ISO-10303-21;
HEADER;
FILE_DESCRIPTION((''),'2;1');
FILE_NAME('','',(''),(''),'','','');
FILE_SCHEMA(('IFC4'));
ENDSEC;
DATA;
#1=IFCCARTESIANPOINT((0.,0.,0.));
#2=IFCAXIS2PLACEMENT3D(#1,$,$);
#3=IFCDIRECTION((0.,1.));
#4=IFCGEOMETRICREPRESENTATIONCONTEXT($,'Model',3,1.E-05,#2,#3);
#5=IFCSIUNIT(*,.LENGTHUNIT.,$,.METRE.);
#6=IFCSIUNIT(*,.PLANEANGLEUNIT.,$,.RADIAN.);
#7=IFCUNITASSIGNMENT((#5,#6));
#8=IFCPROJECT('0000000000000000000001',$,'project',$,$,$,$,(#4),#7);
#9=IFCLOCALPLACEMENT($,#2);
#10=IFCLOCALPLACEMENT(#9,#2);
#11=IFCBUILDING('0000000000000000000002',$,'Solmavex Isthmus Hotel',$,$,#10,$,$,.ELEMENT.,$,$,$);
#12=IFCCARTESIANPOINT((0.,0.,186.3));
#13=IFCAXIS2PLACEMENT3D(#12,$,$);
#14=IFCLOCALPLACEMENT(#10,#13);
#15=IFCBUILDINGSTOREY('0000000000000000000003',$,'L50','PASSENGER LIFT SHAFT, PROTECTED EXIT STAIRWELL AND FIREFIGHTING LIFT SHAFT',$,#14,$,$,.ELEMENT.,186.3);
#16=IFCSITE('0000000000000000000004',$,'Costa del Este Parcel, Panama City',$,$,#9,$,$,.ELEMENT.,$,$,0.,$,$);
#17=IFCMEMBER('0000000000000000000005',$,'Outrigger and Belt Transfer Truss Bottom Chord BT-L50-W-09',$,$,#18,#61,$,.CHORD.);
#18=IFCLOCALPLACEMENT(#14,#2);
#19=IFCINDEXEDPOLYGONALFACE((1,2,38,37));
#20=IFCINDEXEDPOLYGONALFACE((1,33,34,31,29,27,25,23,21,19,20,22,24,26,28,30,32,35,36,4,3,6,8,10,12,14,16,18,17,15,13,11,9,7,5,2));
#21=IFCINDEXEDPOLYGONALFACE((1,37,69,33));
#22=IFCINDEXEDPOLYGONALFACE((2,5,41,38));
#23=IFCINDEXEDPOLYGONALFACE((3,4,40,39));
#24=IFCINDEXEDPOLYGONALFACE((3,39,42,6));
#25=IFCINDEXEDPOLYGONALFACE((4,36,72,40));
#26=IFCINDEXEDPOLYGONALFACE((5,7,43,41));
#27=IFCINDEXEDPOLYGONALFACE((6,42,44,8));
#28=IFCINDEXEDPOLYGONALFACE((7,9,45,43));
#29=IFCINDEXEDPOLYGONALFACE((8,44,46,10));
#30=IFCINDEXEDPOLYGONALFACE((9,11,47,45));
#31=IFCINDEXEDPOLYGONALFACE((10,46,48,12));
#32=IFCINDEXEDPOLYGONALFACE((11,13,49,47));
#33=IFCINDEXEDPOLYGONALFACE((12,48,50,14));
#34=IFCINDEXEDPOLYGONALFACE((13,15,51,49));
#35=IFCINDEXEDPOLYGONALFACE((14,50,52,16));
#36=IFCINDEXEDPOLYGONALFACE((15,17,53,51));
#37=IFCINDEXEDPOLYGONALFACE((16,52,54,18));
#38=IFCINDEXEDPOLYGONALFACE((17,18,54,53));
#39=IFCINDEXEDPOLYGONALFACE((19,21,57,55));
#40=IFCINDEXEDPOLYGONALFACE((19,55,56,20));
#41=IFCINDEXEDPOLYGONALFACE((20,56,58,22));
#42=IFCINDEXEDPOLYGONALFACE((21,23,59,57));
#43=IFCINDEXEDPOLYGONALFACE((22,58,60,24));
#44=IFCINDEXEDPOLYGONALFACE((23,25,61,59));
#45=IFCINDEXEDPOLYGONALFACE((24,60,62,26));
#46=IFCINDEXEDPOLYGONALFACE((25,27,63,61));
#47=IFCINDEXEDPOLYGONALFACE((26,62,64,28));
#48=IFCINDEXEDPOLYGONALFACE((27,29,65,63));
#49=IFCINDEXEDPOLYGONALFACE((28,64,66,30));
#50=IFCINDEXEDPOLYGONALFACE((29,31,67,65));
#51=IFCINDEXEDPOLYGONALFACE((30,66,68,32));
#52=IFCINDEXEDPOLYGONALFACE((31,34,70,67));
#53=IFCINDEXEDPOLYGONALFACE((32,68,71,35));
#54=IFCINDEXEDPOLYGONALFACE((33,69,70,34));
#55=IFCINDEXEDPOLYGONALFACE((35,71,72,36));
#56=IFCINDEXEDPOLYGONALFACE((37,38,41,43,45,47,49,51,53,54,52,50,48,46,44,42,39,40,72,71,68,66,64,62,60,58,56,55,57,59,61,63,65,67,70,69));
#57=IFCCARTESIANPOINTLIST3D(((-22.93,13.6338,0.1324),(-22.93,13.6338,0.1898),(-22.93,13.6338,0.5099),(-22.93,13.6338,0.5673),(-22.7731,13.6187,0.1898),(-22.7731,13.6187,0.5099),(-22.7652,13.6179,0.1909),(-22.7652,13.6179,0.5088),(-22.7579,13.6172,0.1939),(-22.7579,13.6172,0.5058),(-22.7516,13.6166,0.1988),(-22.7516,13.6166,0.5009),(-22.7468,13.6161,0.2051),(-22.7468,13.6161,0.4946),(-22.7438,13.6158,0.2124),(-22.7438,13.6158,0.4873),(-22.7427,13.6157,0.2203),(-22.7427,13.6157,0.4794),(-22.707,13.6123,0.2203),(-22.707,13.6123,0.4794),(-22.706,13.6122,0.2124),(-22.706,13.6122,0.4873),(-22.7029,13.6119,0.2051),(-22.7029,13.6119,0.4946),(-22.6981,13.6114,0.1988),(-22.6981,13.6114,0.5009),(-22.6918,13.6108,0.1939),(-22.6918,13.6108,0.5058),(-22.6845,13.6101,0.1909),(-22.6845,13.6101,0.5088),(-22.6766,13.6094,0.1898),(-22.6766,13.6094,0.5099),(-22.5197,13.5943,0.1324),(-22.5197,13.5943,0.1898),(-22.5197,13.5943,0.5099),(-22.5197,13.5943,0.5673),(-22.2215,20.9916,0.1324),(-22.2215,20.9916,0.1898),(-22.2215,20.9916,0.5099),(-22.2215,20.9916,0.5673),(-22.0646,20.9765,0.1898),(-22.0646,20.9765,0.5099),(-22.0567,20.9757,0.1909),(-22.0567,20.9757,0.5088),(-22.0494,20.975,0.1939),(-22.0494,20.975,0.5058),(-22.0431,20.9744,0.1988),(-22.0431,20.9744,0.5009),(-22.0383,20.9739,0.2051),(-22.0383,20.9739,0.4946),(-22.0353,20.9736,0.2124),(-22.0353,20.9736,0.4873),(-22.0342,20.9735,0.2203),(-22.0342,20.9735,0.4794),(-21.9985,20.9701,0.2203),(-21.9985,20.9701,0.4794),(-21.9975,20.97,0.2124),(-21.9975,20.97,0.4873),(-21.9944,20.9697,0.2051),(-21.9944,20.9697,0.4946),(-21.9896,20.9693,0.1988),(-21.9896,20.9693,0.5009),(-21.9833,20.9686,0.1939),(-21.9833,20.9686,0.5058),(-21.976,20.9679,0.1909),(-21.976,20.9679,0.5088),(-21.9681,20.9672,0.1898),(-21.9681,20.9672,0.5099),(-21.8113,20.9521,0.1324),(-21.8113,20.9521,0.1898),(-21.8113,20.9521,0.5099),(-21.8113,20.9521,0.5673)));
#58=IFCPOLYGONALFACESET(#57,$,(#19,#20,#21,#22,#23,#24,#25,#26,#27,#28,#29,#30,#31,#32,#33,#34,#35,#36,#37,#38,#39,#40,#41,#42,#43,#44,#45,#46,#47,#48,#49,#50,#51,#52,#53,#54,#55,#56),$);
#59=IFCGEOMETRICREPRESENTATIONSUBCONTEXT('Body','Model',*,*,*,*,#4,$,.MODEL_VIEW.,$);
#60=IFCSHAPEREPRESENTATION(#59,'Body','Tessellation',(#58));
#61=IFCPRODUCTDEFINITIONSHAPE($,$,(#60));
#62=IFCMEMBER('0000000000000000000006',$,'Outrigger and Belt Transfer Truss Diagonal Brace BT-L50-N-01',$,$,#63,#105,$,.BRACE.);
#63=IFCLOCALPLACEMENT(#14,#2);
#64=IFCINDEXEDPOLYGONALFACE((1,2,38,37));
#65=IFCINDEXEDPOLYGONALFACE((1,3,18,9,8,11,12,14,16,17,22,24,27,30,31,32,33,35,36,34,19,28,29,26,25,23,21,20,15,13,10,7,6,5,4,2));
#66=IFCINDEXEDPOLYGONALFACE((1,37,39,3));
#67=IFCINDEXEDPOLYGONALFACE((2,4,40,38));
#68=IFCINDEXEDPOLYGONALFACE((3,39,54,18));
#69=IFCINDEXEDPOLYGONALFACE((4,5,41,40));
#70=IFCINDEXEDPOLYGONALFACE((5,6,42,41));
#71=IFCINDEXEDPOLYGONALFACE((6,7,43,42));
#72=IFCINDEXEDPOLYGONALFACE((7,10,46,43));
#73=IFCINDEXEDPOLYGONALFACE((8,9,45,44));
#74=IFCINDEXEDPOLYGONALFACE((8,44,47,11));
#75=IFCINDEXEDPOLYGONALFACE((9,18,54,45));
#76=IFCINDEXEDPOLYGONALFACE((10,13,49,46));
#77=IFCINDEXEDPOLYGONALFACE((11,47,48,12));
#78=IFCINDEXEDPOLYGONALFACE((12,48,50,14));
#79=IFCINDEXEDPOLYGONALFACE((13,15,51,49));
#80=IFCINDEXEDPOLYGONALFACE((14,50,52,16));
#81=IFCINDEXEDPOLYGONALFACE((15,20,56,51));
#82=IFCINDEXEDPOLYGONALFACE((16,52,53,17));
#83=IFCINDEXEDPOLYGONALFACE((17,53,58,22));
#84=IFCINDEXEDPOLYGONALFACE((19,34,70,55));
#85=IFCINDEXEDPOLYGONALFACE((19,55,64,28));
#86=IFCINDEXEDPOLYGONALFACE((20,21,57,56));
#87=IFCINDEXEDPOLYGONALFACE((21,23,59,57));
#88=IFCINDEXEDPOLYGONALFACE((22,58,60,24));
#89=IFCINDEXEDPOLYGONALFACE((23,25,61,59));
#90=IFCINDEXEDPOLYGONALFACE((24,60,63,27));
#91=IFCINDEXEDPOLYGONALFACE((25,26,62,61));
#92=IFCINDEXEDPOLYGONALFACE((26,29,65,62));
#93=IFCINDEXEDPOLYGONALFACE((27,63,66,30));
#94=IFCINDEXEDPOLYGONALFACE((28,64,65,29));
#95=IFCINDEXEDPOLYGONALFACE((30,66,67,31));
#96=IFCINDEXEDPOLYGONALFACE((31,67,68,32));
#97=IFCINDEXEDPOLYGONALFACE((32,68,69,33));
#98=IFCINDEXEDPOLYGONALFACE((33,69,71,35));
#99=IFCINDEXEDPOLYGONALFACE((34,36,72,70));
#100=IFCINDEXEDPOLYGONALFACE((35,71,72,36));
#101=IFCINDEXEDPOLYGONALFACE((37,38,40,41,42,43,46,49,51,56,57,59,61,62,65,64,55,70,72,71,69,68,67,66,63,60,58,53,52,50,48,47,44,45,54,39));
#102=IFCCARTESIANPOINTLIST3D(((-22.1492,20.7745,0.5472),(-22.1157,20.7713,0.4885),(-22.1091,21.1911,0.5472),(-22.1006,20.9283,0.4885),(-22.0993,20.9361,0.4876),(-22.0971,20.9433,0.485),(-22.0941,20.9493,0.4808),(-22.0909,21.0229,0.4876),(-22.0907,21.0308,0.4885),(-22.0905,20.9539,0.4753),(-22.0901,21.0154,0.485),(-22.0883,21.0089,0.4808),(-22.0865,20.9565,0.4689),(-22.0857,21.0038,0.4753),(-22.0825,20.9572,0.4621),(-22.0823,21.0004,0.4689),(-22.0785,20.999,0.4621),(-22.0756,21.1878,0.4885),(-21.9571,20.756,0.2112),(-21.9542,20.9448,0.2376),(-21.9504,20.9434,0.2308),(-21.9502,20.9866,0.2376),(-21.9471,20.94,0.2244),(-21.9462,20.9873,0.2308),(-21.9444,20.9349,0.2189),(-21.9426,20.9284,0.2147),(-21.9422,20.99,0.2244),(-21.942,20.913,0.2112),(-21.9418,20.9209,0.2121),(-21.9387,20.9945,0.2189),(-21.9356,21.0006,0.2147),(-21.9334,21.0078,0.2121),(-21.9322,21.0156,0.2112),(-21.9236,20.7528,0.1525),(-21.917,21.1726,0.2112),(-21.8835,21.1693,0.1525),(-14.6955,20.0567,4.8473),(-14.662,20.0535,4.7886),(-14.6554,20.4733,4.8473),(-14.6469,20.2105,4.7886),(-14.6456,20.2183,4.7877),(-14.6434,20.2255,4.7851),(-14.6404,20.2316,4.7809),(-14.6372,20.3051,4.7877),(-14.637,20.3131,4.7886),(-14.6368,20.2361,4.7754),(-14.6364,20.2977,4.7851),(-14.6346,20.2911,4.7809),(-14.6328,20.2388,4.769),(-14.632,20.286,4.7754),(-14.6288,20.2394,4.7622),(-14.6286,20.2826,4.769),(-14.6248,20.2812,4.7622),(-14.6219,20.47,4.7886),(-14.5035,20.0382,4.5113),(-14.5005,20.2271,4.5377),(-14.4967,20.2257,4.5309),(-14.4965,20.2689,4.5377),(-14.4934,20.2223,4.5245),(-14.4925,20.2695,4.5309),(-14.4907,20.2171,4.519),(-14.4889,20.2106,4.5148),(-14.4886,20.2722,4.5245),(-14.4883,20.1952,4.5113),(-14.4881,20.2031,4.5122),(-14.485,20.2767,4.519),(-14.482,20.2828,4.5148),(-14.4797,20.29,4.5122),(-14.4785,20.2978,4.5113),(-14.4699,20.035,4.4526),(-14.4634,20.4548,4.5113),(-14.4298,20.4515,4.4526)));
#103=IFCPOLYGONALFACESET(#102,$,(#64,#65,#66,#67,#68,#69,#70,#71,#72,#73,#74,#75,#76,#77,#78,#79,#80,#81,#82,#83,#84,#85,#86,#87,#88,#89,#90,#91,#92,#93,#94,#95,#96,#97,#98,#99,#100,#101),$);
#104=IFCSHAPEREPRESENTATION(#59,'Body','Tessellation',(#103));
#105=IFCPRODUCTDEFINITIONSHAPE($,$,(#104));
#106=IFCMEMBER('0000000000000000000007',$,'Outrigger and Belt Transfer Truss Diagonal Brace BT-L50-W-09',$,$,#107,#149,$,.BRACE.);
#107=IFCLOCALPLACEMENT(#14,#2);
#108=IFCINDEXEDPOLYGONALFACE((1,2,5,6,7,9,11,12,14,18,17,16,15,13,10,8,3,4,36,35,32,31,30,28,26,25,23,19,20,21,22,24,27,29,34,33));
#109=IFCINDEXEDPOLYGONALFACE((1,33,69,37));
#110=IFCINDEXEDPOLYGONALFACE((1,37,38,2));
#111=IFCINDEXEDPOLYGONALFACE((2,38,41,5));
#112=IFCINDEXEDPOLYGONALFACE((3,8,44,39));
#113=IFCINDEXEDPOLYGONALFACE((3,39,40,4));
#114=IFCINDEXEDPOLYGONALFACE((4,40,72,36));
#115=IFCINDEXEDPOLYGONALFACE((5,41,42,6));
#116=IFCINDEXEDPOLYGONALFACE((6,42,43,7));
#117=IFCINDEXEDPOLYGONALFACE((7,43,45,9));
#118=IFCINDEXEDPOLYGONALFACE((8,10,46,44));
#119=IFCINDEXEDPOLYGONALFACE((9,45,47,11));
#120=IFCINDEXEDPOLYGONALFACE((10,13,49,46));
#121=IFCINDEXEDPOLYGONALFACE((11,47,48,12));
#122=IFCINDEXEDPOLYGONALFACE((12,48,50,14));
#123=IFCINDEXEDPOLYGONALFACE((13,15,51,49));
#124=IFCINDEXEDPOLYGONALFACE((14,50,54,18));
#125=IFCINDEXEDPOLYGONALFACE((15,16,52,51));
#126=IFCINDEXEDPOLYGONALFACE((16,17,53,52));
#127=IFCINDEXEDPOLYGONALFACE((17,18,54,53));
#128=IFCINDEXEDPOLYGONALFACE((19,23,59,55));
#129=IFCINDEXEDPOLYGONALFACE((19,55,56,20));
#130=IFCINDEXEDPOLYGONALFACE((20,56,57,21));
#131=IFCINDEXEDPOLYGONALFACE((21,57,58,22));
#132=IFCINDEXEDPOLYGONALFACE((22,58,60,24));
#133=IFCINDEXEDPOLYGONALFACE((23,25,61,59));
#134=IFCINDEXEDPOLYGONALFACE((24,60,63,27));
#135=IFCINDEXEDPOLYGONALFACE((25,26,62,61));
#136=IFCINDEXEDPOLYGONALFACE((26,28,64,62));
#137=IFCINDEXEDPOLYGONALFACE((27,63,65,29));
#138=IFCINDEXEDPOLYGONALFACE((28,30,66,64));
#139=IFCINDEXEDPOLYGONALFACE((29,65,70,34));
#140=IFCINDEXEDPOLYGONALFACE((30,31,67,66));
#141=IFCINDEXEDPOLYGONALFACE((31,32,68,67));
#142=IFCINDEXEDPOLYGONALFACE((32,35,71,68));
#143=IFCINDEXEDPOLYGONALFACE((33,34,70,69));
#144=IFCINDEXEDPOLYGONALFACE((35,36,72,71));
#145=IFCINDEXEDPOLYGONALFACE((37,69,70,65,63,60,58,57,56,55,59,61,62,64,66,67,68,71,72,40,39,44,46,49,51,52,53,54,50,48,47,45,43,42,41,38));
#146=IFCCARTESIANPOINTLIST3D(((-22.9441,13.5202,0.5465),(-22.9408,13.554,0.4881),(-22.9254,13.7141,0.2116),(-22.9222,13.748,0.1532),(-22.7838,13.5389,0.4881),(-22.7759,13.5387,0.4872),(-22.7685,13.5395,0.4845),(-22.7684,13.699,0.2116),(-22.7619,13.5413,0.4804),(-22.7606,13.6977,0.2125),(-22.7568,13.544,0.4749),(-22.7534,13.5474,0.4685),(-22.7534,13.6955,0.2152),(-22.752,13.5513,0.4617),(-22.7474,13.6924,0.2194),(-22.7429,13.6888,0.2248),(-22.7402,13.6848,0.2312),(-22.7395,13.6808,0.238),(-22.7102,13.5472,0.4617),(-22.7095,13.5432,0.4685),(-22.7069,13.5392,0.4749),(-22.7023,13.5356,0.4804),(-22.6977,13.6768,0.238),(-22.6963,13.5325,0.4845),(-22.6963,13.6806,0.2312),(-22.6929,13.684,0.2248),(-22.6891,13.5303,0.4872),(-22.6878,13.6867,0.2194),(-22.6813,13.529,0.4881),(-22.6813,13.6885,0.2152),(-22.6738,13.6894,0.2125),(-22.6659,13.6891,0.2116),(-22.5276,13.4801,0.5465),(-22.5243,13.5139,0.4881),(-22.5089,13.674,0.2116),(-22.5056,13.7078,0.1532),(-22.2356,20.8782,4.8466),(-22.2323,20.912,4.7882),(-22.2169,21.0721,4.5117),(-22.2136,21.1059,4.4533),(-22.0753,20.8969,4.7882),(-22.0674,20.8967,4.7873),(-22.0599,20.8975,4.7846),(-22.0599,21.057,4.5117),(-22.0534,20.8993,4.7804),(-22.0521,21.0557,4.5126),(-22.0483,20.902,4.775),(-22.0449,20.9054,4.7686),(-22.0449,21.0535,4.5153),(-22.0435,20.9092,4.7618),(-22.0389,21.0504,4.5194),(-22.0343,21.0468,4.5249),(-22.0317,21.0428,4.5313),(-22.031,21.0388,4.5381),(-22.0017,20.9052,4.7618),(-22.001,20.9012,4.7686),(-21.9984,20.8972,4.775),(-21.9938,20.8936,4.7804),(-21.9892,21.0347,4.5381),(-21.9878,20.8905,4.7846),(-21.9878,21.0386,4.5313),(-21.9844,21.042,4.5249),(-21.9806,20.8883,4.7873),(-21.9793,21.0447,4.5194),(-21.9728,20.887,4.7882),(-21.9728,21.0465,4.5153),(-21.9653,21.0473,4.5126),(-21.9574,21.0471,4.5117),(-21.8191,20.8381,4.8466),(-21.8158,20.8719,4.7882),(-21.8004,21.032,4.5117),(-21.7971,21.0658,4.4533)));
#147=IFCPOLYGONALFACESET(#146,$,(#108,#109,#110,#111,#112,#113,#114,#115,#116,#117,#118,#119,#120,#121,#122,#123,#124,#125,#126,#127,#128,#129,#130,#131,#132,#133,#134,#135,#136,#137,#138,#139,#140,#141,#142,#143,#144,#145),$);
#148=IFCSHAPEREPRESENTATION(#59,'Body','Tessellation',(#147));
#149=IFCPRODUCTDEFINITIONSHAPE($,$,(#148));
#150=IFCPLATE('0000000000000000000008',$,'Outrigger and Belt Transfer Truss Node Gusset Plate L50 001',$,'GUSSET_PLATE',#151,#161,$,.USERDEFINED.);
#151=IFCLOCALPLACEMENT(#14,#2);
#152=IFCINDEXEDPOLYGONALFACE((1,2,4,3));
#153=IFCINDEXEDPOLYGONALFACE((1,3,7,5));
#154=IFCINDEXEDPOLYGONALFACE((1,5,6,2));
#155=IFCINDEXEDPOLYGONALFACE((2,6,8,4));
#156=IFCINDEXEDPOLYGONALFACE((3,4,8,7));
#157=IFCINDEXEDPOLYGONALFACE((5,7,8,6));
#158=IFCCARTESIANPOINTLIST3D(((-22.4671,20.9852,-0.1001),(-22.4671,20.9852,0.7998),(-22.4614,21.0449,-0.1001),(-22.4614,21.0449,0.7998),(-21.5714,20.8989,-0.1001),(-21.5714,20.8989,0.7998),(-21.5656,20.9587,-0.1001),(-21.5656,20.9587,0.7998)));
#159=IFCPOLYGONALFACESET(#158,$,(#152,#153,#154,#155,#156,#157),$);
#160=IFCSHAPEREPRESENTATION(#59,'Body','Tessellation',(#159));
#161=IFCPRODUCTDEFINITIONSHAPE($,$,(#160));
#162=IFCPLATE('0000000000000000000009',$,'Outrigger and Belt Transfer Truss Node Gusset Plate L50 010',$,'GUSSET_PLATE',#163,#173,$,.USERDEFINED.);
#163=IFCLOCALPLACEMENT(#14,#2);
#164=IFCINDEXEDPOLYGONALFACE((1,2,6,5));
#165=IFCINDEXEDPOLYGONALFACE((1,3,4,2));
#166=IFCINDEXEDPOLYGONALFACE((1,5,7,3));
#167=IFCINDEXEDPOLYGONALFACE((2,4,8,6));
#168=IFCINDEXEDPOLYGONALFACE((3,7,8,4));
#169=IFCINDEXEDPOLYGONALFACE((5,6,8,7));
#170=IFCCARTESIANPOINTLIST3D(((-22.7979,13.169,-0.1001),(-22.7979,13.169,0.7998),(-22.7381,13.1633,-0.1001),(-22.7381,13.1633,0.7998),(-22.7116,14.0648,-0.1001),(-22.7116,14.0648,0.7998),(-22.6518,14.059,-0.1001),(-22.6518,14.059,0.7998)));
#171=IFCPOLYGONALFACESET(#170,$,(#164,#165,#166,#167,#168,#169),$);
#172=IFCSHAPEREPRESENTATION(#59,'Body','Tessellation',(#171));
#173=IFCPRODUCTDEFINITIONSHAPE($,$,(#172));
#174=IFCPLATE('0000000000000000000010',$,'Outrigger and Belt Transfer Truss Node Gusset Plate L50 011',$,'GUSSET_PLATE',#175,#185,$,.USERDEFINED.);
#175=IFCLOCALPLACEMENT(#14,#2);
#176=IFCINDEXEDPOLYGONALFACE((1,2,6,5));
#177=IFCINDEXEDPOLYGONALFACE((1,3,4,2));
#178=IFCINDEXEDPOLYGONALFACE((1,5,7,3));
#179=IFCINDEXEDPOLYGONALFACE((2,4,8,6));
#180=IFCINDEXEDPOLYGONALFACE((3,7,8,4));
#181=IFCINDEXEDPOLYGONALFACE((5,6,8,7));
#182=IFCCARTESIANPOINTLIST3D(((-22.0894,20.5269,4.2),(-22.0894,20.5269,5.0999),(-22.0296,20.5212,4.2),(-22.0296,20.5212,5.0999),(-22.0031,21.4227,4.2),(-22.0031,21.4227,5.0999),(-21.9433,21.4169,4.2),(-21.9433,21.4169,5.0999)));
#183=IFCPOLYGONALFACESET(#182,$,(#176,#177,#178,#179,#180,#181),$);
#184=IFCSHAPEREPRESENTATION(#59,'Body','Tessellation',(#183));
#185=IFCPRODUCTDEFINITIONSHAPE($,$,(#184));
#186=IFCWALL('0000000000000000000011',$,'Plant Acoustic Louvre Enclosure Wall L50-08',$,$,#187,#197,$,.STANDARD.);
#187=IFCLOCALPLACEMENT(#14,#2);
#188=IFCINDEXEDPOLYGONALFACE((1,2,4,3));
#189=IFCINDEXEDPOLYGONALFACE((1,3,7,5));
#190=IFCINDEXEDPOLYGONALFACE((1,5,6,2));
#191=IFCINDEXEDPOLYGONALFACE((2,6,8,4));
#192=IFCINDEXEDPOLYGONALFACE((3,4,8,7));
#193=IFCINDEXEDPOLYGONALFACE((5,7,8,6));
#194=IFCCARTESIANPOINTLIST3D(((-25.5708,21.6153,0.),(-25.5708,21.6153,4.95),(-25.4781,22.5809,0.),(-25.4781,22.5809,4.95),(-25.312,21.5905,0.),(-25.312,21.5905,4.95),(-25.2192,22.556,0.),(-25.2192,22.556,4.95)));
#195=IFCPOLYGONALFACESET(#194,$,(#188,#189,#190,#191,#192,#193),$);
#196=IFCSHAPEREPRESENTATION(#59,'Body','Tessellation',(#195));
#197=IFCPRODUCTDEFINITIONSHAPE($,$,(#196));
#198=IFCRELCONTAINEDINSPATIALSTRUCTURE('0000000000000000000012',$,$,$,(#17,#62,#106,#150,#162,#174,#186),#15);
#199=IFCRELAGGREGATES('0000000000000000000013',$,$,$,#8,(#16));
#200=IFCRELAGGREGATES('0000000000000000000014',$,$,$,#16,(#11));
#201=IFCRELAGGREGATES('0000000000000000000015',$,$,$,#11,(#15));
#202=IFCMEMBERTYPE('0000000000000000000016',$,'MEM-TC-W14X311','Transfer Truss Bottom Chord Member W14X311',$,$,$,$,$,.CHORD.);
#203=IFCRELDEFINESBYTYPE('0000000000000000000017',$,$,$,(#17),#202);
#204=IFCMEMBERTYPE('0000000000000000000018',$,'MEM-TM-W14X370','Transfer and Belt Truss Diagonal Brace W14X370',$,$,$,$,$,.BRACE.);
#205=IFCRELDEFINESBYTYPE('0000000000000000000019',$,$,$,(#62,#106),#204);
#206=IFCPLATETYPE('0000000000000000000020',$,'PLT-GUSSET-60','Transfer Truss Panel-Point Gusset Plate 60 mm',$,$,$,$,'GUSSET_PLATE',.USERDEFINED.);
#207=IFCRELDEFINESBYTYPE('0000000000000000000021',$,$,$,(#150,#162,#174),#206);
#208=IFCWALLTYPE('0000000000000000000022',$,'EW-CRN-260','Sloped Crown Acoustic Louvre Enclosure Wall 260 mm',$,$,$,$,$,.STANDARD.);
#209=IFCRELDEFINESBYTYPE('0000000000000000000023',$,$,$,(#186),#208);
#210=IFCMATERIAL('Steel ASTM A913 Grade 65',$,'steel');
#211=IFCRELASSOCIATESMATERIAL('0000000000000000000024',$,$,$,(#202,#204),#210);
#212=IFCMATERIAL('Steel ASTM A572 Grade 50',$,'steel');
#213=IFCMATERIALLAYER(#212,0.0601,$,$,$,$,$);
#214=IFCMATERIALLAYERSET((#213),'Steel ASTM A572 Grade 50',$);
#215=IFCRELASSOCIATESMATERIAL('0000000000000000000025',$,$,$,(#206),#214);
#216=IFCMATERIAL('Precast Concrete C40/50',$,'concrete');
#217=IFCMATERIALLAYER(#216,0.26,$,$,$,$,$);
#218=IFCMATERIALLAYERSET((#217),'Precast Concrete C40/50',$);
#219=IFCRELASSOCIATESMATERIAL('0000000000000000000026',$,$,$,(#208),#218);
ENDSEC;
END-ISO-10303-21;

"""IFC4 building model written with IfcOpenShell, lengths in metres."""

from ifc_helpers import new_model, si_unit, direction, frame, frame_2d, origin, origin_2d, place, context, subcontext, project, spatial, rectangle, i_section, extrude, material, layer, layer_set, material_profile, profile_set, type_object, element, save


model = new_model("IFC4")

# Units and contexts
model_context = context("Model", 3, precision=1e-05, world=origin(), true_north=direction((0.0, 1.0)))
body_context = subcontext(model_context, "Body", "Model", "MODEL_VIEW")
ifc_project = project(units=[si_unit("LENGTHUNIT", "METRE"), si_unit("PLANEANGLEUNIT", "RADIAN")], contexts=[model_context])

# Site, building, storey
site_placement = place(None, origin())
site = spatial("IfcSite", under=ifc_project, at=site_placement, Name="Costa del Este Parcel, Panama City", CompositionType="ELEMENT", RefElevation=0.0)
building_placement = place(site_placement, origin())
building = spatial("IfcBuilding", under=site, at=building_placement, Name="Solmavex Isthmus Hotel", CompositionType="ELEMENT")
storey_placement = place(building_placement, frame((0.0, 0.0, 186.3)))
storey = spatial("IfcBuildingStorey", under=building, at=storey_placement, Name="L50", Description="PASSENGER LIFT SHAFT, PROTECTED EXIT STAIRWELL AND FIREFIGHTING LIFT SHAFT", CompositionType="ELEMENT", Elevation=186.3)

# Shared definitions
ifc_material_1 = material(Name="Steel ASTM A913 Grade 65", Category="steel")

# Members
ifc_material_profile_1 = material_profile(ifc_material_1, i_section(OverallWidth=0.4121, OverallDepth=0.4348, WebThickness=0.0359, FlangeThickness=0.0574, FilletRadius=0.0305, at=origin_2d()), Name="W14X311")
ifc_profile_set_1 = profile_set([ifc_material_profile_1], Name="Steel ASTM A913 Grade 65")
member_type_1 = type_object("IfcMemberType", Name="MEM-TC-W14X311", Description="Transfer Truss Bottom Chord Member W14X311", PredefinedType="CHORD", material=ifc_profile_set_1)
member_1_placement = place(storey_placement, frame((-22.7249, 13.614, 0.3499), z_axis=(0.095847, 0.995396, 0.0), x_axis=(-0.995396, 0.095847, 0.0)))
element("IfcMember", 1, at=member_1_placement, inside=storey, type_object=member_type_1, Name="Outrigger and Belt Transfer Truss Bottom Chord BT-L50-W-09", PredefinedType="CHORD", context=body_context, shape_type="SweptSolid", body=[
    extrude(i_section(OverallWidth=0.4121, OverallDepth=0.4348, WebThickness=0.0359, FlangeThickness=0.0574, FilletRadius=0.0305, at=origin_2d()), origin(), (0.0, 0.0, 1.0), 7.3918),
])
ifc_material_profile_2 = material_profile(ifc_material_1, i_section(OverallWidth=0.4185, OverallDepth=0.4551, WebThickness=0.042, FlangeThickness=0.0676, FilletRadius=0.0305, at=origin_2d()), Name="W14X370")
ifc_profile_set_2 = profile_set([ifc_material_profile_2], Name="Steel ASTM A913 Grade 65")
member_type_2 = type_object("IfcMemberType", Name="MEM-TM-W14X370", Description="Transfer and Belt Truss Diagonal Brace W14X370", PredefinedType="BRACE", material=ifc_profile_set_2)
member_2_placement = place(storey_placement, frame((-22.0164, 20.9719, 0.3499), z_axis=(0.863194, -0.083124, 0.497983), x_axis=(0.095855, 0.995395, 0.0)))
element("IfcMember", 2, at=member_2_placement, inside=storey, type_object=member_type_2, Name="Outrigger and Belt Transfer Truss Diagonal Brace BT-L50-N-01", PredefinedType="BRACE", context=body_context, shape_type="SweptSolid", body=[
    extrude(i_section(OverallWidth=0.4185, OverallDepth=0.4551, WebThickness=0.042, FlangeThickness=0.0676, FilletRadius=0.0305, at=origin_2d()), origin(), (0.0, 0.0, 1.0), 8.635),
])
member_3_placement = place(storey_placement, frame((-22.7249, 13.614, 0.3499), z_axis=(0.082849, 0.860405, 0.502831), x_axis=(-0.995396, 0.095847, 0.0)))
element("IfcMember", 3, at=member_3_placement, inside=storey, type_object=member_type_2, Name="Outrigger and Belt Transfer Truss Diagonal Brace BT-L50-W-09", PredefinedType="BRACE", context=body_context, shape_type="SweptSolid", body=[
    extrude(i_section(OverallWidth=0.4185, OverallDepth=0.4551, WebThickness=0.042, FlangeThickness=0.0676, FilletRadius=0.0305, at=origin_2d()), origin(), (0.0, 0.0, 1.0), 8.5518),
])

# Plates
ifc_material_2 = material(Name="Steel ASTM A572 Grade 50", Category="steel")
ifc_layer_1 = layer(ifc_material_2, 0.0601)
ifc_layer_set_1 = layer_set([ifc_layer_1], Name="Steel ASTM A572 Grade 50")
plate_type = type_object("IfcPlateType", Name="PLT-GUSSET-60", Description="Transfer Truss Panel-Point Gusset Plate 60 mm", ElementType="GUSSET_PLATE", PredefinedType="USERDEFINED", material=ifc_layer_set_1)
for number, where, z_axis, x_axis, name in (
    (4, (-22.0164, 20.9719, -0.1001), (0.0, 0.0, 1.0), (0.995396, -0.095846, 0.0), "Outrigger and Belt Transfer Truss Node Gusset Plate L50 001"),
    (5, (-22.7249, 13.614, -0.1001), (0.0, 0.0, 1.0), (0.095846, 0.995396, 0.0), "Outrigger and Belt Transfer Truss Node Gusset Plate L50 010"),
    (6, (-22.0164, 20.9719, 4.2), (0.0, 0.0, 1.0), (0.095846, 0.995396, 0.0), "Outrigger and Belt Transfer Truss Node Gusset Plate L50 011"),
):
    element("IfcPlate", number, at=place(storey_placement, frame(where, z_axis=z_axis, x_axis=x_axis)), inside=storey, type_object=plate_type, Name=name, ObjectType="GUSSET_PLATE", PredefinedType="USERDEFINED", context=body_context, shape_type="SweptSolid", body=[
        extrude(rectangle(XDim=0.8999, YDim=0.0601, at=origin_2d()), origin(), (0.0, 0.0, 1.0), 0.8999),
    ])

# Wall
ifc_material_3 = material(Name="Precast Concrete C40/50", Category="concrete")
ifc_layer_2 = layer(ifc_material_3, 0.26)
ifc_layer_set_2 = layer_set([ifc_layer_2], Name="Precast Concrete C40/50")
wall_type_1 = type_object("IfcWallType", Name="EW-CRN-260", Description="Sloped Crown Acoustic Louvre Enclosure Wall 260 mm", PredefinedType="STANDARD", material=ifc_layer_set_2)
wall_1_placement = place(storey_placement, frame((-25.4414, 21.603, 0.0), z_axis=(0.0, 0.0, 1.0), x_axis=(0.09564, 0.995416, 0.0)))
element("IfcWall", 7, at=wall_1_placement, inside=storey, type_object=wall_type_1, Name="Plant Acoustic Louvre Enclosure Wall L50-08", PredefinedType="STANDARD", context=body_context, shape_type="SweptSolid", body=[
    extrude(rectangle(XDim=0.97, YDim=0.26, at=frame_2d((0.4849, 0.0))), origin(), (0.0, 0.0, 1.0), 4.95),
])

save(model, "model.ifc")
